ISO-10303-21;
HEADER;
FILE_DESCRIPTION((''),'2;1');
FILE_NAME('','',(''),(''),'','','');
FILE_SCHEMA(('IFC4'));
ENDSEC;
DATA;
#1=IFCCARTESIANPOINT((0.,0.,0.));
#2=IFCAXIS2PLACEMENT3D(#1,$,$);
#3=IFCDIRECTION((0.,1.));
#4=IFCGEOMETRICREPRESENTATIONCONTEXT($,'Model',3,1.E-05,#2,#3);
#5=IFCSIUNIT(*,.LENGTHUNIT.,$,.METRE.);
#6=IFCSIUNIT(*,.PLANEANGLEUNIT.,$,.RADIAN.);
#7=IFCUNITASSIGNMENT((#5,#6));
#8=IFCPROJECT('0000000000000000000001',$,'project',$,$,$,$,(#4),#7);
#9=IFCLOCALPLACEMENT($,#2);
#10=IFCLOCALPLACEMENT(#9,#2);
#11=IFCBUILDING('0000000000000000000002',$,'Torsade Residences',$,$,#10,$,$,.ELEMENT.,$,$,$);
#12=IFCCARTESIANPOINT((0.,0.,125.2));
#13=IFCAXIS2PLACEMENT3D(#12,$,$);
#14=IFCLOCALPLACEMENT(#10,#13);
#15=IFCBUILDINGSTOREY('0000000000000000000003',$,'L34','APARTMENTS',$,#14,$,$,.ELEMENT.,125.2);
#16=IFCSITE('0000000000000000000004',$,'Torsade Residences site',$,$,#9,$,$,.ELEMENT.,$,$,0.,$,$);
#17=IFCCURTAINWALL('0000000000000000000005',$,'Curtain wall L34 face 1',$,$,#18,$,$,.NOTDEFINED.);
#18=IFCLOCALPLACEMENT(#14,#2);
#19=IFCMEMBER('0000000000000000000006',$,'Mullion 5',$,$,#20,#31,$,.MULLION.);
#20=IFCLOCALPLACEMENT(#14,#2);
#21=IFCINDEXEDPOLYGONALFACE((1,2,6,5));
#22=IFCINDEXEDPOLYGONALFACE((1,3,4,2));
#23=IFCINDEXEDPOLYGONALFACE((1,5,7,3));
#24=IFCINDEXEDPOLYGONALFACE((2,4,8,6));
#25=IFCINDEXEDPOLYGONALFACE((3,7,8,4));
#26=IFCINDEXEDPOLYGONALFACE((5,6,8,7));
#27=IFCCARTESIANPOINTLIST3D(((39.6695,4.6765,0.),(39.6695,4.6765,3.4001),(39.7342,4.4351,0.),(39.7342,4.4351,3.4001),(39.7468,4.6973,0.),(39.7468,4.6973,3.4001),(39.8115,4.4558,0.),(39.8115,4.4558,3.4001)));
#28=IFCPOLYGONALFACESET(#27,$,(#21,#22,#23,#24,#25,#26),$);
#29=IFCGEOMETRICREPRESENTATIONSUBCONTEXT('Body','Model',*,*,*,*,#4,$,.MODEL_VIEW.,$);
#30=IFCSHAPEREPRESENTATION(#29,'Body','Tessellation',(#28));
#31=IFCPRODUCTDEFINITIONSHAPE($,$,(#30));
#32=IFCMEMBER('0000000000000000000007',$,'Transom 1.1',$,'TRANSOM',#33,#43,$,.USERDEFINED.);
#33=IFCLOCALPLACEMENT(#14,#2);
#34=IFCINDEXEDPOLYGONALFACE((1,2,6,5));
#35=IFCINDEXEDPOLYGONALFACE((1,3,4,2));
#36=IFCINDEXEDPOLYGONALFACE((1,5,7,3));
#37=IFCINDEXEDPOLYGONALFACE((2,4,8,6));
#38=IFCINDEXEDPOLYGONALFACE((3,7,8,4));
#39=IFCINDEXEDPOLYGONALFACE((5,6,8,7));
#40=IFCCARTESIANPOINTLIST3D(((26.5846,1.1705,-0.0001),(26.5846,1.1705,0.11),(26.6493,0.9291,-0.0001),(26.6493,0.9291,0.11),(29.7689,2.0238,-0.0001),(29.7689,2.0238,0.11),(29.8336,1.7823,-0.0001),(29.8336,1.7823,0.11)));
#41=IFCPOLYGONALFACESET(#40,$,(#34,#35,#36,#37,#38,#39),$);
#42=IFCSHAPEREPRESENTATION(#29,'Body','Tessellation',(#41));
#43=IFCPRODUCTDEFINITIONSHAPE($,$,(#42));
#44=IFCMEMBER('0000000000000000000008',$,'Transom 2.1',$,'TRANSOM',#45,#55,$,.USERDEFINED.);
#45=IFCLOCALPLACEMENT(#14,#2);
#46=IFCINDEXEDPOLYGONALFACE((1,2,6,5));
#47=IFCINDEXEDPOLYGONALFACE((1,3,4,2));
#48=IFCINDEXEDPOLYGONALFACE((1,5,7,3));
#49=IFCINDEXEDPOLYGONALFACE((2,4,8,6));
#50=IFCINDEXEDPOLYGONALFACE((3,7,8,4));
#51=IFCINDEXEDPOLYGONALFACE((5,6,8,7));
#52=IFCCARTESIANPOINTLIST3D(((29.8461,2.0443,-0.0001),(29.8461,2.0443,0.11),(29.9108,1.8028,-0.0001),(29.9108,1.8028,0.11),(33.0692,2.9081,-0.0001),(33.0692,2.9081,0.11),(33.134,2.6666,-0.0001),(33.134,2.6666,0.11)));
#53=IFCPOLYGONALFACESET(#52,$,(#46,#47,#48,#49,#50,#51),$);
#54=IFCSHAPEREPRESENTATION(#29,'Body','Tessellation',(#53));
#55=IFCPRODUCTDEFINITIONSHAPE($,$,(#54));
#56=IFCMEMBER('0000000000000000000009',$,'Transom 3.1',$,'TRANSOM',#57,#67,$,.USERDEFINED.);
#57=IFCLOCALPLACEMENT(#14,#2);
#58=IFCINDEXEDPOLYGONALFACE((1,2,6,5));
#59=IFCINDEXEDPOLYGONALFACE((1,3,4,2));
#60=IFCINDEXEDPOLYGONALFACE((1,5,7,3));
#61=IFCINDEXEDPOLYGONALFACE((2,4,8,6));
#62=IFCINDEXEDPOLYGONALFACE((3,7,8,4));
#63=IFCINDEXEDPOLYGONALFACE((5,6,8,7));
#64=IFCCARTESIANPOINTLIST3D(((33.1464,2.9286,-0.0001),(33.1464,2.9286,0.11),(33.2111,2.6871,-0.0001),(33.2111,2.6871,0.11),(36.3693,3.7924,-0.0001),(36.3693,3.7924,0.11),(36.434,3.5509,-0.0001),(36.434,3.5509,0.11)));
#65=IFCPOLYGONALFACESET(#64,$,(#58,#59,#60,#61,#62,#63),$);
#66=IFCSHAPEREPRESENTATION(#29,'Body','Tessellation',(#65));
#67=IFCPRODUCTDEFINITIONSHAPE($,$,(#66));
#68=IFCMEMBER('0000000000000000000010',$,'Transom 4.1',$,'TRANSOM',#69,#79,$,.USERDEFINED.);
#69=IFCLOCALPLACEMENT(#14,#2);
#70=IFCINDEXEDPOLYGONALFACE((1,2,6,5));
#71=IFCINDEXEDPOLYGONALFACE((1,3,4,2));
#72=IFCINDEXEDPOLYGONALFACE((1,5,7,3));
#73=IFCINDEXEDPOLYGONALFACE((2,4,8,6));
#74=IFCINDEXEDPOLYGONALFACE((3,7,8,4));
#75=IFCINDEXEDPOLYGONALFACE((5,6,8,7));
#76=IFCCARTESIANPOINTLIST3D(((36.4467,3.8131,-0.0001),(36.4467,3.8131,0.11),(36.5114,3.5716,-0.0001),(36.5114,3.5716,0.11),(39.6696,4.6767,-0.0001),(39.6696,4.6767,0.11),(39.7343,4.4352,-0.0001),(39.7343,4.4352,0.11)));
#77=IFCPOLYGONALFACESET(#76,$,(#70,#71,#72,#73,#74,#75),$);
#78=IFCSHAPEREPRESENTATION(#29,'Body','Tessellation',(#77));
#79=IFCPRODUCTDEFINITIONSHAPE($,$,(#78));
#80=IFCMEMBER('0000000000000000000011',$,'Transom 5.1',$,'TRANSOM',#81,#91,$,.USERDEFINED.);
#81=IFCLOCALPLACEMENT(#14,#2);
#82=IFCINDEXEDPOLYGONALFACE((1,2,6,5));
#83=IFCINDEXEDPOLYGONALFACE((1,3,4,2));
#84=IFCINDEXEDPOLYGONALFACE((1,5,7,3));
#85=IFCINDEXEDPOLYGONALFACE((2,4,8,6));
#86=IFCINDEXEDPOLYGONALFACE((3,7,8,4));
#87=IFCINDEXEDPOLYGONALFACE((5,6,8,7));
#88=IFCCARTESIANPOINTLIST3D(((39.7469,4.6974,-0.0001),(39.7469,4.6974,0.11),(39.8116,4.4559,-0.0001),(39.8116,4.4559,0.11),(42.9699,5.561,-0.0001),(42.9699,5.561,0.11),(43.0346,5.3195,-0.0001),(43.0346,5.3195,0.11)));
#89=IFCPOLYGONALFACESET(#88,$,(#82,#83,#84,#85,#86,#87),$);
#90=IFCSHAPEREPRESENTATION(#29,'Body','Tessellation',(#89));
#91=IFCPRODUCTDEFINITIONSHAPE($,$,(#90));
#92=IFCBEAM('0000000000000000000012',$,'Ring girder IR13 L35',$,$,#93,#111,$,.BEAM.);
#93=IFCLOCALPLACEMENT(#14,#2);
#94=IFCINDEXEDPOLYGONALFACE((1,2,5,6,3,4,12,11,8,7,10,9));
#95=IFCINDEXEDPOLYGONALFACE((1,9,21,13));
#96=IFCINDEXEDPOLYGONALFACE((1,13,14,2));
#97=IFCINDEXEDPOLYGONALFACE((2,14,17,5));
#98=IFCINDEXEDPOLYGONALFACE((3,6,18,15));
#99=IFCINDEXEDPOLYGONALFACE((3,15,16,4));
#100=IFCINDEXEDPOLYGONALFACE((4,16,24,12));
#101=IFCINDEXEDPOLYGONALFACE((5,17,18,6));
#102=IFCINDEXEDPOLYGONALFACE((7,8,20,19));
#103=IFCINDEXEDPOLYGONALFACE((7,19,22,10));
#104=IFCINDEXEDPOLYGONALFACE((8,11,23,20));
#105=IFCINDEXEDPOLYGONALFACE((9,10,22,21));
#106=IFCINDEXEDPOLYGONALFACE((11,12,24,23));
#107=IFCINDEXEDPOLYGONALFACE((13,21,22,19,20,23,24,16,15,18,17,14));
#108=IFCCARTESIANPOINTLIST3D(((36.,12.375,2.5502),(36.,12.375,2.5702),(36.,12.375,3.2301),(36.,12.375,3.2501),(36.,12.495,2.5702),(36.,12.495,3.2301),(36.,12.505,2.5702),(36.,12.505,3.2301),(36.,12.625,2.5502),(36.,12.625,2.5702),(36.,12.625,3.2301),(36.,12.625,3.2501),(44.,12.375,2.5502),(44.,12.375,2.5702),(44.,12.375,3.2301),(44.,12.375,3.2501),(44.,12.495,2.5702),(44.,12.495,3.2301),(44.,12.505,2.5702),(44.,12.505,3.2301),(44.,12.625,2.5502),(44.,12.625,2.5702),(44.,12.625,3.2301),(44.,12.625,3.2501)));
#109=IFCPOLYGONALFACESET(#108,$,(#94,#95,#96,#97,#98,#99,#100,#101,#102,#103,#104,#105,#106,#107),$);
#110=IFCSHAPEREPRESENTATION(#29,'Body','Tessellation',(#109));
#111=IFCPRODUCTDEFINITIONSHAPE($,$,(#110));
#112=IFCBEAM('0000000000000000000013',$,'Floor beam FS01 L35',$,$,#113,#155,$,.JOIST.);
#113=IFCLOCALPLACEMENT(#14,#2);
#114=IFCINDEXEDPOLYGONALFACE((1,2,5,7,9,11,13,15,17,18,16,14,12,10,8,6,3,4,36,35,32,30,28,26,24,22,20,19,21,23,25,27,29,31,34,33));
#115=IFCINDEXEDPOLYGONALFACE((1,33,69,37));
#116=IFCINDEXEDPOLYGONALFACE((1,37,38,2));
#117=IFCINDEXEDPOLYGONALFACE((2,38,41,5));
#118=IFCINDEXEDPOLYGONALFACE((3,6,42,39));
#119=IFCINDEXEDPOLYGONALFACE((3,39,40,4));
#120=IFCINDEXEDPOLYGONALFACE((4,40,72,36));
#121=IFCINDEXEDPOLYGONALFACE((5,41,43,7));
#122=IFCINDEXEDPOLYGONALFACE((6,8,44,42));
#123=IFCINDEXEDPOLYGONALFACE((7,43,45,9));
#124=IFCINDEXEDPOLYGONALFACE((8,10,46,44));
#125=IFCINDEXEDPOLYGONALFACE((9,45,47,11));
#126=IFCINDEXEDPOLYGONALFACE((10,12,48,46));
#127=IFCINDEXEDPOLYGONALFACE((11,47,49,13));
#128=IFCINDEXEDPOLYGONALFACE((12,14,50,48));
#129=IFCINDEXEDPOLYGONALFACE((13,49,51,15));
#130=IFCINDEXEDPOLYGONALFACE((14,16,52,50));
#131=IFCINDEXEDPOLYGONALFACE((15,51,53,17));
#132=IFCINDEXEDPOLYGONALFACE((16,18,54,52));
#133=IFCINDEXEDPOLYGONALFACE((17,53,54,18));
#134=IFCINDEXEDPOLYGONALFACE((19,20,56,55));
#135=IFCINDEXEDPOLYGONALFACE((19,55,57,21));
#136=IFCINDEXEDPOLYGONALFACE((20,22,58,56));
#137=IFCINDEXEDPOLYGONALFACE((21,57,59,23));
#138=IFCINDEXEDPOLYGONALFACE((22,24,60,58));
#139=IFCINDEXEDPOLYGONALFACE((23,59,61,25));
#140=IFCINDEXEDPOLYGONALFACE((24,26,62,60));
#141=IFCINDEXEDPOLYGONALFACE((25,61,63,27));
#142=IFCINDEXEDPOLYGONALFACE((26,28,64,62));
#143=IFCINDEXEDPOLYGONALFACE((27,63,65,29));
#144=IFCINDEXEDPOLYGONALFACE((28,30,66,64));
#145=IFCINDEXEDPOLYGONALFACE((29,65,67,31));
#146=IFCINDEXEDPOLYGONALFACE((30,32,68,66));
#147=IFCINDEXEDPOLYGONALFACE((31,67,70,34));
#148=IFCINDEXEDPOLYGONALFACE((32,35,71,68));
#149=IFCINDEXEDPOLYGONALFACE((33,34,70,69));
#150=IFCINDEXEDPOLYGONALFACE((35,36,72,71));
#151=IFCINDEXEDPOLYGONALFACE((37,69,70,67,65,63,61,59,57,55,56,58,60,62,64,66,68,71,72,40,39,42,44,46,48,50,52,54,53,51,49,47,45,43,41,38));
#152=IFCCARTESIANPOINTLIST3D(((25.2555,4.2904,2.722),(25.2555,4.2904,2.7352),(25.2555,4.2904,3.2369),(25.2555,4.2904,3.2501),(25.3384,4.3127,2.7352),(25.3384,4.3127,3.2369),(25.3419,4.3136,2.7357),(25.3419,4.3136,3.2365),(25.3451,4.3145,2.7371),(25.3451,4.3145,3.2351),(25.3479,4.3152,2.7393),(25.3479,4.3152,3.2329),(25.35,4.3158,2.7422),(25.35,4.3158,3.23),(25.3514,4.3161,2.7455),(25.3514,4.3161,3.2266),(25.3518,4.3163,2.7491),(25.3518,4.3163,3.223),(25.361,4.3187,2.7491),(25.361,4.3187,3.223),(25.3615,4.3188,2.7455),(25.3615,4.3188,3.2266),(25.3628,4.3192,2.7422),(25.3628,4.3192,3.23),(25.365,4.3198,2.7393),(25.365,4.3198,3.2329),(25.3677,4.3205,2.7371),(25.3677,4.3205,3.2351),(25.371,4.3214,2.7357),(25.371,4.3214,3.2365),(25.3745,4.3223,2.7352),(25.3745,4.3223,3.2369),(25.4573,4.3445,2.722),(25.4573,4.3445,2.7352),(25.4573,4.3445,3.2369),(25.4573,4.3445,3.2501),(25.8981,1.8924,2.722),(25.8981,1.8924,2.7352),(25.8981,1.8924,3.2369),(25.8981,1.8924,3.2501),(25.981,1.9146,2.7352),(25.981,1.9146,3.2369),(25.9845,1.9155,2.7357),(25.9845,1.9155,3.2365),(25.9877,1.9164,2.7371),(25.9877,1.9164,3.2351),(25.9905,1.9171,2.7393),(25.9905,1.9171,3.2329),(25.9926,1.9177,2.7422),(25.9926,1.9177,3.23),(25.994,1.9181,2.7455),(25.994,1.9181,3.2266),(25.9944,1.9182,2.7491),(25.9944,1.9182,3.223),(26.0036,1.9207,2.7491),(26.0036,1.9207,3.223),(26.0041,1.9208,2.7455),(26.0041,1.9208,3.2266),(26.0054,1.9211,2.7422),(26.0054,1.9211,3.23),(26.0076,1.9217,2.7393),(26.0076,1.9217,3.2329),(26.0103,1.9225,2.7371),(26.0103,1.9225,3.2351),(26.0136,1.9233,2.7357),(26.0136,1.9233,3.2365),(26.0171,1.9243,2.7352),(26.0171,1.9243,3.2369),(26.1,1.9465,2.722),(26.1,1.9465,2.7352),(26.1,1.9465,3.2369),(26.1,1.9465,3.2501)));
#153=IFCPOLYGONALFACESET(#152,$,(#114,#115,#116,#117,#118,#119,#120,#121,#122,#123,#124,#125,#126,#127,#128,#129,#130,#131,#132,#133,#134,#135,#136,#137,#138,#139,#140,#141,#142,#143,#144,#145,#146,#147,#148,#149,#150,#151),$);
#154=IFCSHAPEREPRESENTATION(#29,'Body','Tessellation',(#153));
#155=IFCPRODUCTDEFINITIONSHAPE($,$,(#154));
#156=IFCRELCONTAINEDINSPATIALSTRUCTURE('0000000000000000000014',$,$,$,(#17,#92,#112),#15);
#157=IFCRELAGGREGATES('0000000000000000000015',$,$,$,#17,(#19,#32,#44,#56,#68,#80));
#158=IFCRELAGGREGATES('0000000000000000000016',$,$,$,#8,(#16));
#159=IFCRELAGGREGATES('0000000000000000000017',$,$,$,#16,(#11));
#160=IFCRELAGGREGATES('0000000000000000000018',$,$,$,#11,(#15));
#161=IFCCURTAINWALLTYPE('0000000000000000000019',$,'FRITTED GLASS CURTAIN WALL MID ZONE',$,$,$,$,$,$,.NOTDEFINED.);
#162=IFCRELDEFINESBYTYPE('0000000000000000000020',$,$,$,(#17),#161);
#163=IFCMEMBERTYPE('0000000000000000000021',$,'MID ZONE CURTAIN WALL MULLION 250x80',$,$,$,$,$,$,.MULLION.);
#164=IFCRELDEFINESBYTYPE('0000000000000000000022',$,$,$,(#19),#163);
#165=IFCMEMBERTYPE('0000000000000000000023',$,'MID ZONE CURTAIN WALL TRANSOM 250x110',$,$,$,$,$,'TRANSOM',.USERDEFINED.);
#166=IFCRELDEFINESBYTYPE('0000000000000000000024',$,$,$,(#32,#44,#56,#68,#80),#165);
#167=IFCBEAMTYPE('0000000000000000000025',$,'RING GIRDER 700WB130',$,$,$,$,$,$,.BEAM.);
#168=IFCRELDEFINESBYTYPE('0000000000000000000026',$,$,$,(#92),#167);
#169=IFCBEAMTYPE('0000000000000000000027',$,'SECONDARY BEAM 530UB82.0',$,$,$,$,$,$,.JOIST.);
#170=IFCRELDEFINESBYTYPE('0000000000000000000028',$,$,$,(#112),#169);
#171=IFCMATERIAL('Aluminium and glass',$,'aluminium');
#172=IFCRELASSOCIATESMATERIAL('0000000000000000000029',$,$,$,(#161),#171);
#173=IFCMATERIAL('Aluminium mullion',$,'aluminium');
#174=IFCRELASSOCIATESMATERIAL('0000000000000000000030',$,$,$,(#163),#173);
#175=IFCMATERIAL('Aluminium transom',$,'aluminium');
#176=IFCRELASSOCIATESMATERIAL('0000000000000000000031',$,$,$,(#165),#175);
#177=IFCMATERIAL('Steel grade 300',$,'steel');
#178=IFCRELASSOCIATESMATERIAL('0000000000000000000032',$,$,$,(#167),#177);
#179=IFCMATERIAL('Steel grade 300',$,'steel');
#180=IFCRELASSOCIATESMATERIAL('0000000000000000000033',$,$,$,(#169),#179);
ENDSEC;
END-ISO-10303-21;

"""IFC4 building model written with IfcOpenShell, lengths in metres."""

from ifc_helpers import new_model, si_unit, direction, frame, origin, origin_2d, place, context, subcontext, project, spatial, rectangle, i_section, extrude, material, material_profile, profile_set, type_object, element, aggregate, save


model = new_model("IFC4")

# Units and contexts
model_context = context("Model", 3, precision=1e-05, world=origin(), true_north=direction((0.0, 1.0)))
body_context = subcontext(model_context, "Body", "Model", "MODEL_VIEW")
ifc_project = project(units=[si_unit("LENGTHUNIT", "METRE"), si_unit("PLANEANGLEUNIT", "RADIAN")], contexts=[model_context])

# Site, building, storey
site_placement = place(None, origin())
site = spatial("IfcSite", under=ifc_project, at=site_placement, Name="Torsade Residences site", CompositionType="ELEMENT", RefElevation=0.0)
building_placement = place(site_placement, origin())
building = spatial("IfcBuilding", under=site, at=building_placement, Name="Torsade Residences", CompositionType="ELEMENT")
storey_placement = place(building_placement, frame((0.0, 0.0, 125.2)))
storey = spatial("IfcBuildingStorey", under=building, at=storey_placement, Name="L34", Description="APARTMENTS", CompositionType="ELEMENT", Elevation=125.2)

# Curtain wall, members
ifc_material_1 = material(Name="Aluminium and glass", Category="aluminium")
curtain_wall_type = type_object("IfcCurtainWallType", Name="FRITTED GLASS CURTAIN WALL MID ZONE", PredefinedType="NOTDEFINED", material=ifc_material_1)
curtain_wall_placement = place(storey_placement, origin())
curtain_wall = element("IfcCurtainWall", 1, at=curtain_wall_placement, inside=storey, type_object=curtain_wall_type, Name="Curtain wall L34 face 1", PredefinedType="NOTDEFINED")
ifc_material_2 = material(Name="Aluminium mullion", Category="aluminium")
ifc_material_profile_1 = material_profile(ifc_material_2, rectangle(XDim=0.25, YDim=0.0801, at=origin_2d()), Name="MID ZONE CURTAIN WALL MULLION 250x80")
ifc_profile_set_1 = profile_set([ifc_material_profile_1], Name="Aluminium mullion")
member_type_1 = type_object("IfcMemberType", Name="MID ZONE CURTAIN WALL MULLION 250x80", PredefinedType="MULLION", material=ifc_profile_set_1)
member_1_placement = place(storey_placement, frame((39.7405, 4.5662, 0.0), z_axis=(0.0, 0.0, 1.0), x_axis=(-0.258819, 0.965926, 0.0)))
member_1 = element("IfcMember", 2, at=member_1_placement, type_object=member_type_1, Name="Mullion 5", PredefinedType="MULLION", context=body_context, shape_type="SweptSolid", body=[
    extrude(rectangle(XDim=0.25, YDim=0.0801, at=origin_2d()), origin(), (0.0, 0.0, 1.0), 3.4001),
])
ifc_material_3 = material(Name="Aluminium transom", Category="aluminium")
ifc_material_profile_2 = material_profile(ifc_material_3, rectangle(XDim=0.25, YDim=0.1101, at=origin_2d()), Name="MID ZONE CURTAIN WALL TRANSOM 250x110")
ifc_profile_set_2 = profile_set([ifc_material_profile_2], Name="Aluminium transom")
member_type_2 = type_object("IfcMemberType", Name="MID ZONE CURTAIN WALL TRANSOM 250x110", ElementType="TRANSOM", PredefinedType="USERDEFINED", material=ifc_profile_set_2)
member_2_placement = place(storey_placement, frame((26.6169, 1.0498, 0.0549), z_axis=(0.965923, 0.258829, 0.0), x_axis=(-0.258829, 0.965923, 0.0)))
member_2 = element("IfcMember", 3, at=member_2_placement, type_object=member_type_2, Name="Transom 1.1", ObjectType="TRANSOM", PredefinedType="USERDEFINED", context=body_context, shape_type="SweptSolid", body=[
    extrude(rectangle(XDim=0.25, YDim=0.1101, at=origin_2d()), origin(), (0.0, 0.0, 1.0), 3.2966),
])
member_3_placement = place(storey_placement, frame((29.8784, 1.9236, 0.0549), z_axis=(0.965916, 0.258856, 0.0), x_axis=(-0.258856, 0.965916, 0.0)))
member_3 = element("IfcMember", 4, at=member_3_placement, type_object=member_type_2, Name="Transom 2.1", ObjectType="TRANSOM", PredefinedType="USERDEFINED", context=body_context, shape_type="SweptSolid", body=[
    extrude(rectangle(XDim=0.25, YDim=0.1101, at=origin_2d()), origin(), (0.0, 0.0, 1.0), 3.3369),
])
member_4_placement = place(storey_placement, frame((33.1787, 2.8079, 0.0549), z_axis=(0.965911, 0.258874, 0.0), x_axis=(-0.258874, 0.965911, 0.0)))
member_4 = element("IfcMember", 5, at=member_4_placement, type_object=member_type_2, Name="Transom 3.1", ObjectType="TRANSOM", PredefinedType="USERDEFINED", context=body_context, shape_type="SweptSolid", body=[
    extrude(rectangle(XDim=0.25, YDim=0.1101, at=origin_2d()), origin(), (0.0, 0.0, 1.0), 3.3367),
])
member_5_placement = place(storey_placement, frame((36.479, 3.6924, 0.0549), z_axis=(0.965929, 0.258806, 0.0), x_axis=(-0.258806, 0.965929, 0.0)))
member_5 = element("IfcMember", 6, at=member_5_placement, type_object=member_type_2, Name="Transom 4.1", ObjectType="TRANSOM", PredefinedType="USERDEFINED", context=body_context, shape_type="SweptSolid", body=[
    extrude(rectangle(XDim=0.25, YDim=0.1101, at=origin_2d()), origin(), (0.0, 0.0, 1.0), 3.3367),
])
member_6_placement = place(storey_placement, frame((39.7793, 4.5767, 0.0549), z_axis=(0.965929, 0.258806, 0.0), x_axis=(-0.258806, 0.965929, 0.0)))
member_6 = element("IfcMember", 7, at=member_6_placement, type_object=member_type_2, Name="Transom 5.1", ObjectType="TRANSOM", PredefinedType="USERDEFINED", context=body_context, shape_type="SweptSolid", body=[
    extrude(rectangle(XDim=0.25, YDim=0.1101, at=origin_2d()), origin(), (0.0, 0.0, 1.0), 3.3367),
])

# Beams
ifc_material_4 = material(Name="Steel grade 300", Category="steel")
ifc_material_profile_3 = material_profile(ifc_material_4, i_section(OverallWidth=0.25, OverallDepth=0.7, WebThickness=0.01, FlangeThickness=0.02, at=origin_2d()), Name="700WB130")
ifc_profile_set_3 = profile_set([ifc_material_profile_3], Name="Steel grade 300")
beam_type_1 = type_object("IfcBeamType", Name="RING GIRDER 700WB130", PredefinedType="BEAM", material=ifc_profile_set_3)
beam_1_placement = place(storey_placement, frame((36.0, 12.5, 2.9001), z_axis=(1.0, 0.0, 0.0), x_axis=(0.0, 1.0, 0.0)))
element("IfcBeam", 8, at=beam_1_placement, inside=storey, type_object=beam_type_1, Name="Ring girder IR13 L35", PredefinedType="BEAM", context=body_context, shape_type="SweptSolid", body=[
    extrude(i_section(OverallWidth=0.25, OverallDepth=0.7, WebThickness=0.01, FlangeThickness=0.02, at=origin_2d()), origin(), (0.0, 0.0, 1.0), 8.0),
])
ifc_material_5 = material(Name="Steel grade 300", Category="steel")
ifc_material_profile_4 = material_profile(ifc_material_5, i_section(OverallWidth=0.209, OverallDepth=0.5281, WebThickness=0.0095, FlangeThickness=0.0132, FilletRadius=0.0139, at=origin_2d()), Name="530UB82.0")
ifc_profile_set_4 = profile_set([ifc_material_profile_4], Name="Steel grade 300")
beam_type_2 = type_object("IfcBeamType", Name="SECONDARY BEAM 530UB82.0", PredefinedType="JOIST", material=ifc_profile_set_4)
beam_2_placement = place(storey_placement, frame((25.999, 1.9194, 2.9861), z_axis=(-0.258838, 0.965921, 0.0), x_axis=(-0.965921, -0.258838, 0.0)))
element("IfcBeam", 9, at=beam_2_placement, inside=storey, type_object=beam_type_2, Name="Floor beam FS01 L35", PredefinedType="JOIST", context=body_context, shape_type="SweptSolid", body=[
    extrude(i_section(OverallWidth=0.209, OverallDepth=0.5281, WebThickness=0.0095, FlangeThickness=0.0132, FilletRadius=0.0139, at=origin_2d()), origin(), (0.0, 0.0, 1.0), 2.4827),
])

aggregate(curtain_wall, [member_1, member_2, member_3, member_4, member_5, member_6])

save(model, "model.ifc")
